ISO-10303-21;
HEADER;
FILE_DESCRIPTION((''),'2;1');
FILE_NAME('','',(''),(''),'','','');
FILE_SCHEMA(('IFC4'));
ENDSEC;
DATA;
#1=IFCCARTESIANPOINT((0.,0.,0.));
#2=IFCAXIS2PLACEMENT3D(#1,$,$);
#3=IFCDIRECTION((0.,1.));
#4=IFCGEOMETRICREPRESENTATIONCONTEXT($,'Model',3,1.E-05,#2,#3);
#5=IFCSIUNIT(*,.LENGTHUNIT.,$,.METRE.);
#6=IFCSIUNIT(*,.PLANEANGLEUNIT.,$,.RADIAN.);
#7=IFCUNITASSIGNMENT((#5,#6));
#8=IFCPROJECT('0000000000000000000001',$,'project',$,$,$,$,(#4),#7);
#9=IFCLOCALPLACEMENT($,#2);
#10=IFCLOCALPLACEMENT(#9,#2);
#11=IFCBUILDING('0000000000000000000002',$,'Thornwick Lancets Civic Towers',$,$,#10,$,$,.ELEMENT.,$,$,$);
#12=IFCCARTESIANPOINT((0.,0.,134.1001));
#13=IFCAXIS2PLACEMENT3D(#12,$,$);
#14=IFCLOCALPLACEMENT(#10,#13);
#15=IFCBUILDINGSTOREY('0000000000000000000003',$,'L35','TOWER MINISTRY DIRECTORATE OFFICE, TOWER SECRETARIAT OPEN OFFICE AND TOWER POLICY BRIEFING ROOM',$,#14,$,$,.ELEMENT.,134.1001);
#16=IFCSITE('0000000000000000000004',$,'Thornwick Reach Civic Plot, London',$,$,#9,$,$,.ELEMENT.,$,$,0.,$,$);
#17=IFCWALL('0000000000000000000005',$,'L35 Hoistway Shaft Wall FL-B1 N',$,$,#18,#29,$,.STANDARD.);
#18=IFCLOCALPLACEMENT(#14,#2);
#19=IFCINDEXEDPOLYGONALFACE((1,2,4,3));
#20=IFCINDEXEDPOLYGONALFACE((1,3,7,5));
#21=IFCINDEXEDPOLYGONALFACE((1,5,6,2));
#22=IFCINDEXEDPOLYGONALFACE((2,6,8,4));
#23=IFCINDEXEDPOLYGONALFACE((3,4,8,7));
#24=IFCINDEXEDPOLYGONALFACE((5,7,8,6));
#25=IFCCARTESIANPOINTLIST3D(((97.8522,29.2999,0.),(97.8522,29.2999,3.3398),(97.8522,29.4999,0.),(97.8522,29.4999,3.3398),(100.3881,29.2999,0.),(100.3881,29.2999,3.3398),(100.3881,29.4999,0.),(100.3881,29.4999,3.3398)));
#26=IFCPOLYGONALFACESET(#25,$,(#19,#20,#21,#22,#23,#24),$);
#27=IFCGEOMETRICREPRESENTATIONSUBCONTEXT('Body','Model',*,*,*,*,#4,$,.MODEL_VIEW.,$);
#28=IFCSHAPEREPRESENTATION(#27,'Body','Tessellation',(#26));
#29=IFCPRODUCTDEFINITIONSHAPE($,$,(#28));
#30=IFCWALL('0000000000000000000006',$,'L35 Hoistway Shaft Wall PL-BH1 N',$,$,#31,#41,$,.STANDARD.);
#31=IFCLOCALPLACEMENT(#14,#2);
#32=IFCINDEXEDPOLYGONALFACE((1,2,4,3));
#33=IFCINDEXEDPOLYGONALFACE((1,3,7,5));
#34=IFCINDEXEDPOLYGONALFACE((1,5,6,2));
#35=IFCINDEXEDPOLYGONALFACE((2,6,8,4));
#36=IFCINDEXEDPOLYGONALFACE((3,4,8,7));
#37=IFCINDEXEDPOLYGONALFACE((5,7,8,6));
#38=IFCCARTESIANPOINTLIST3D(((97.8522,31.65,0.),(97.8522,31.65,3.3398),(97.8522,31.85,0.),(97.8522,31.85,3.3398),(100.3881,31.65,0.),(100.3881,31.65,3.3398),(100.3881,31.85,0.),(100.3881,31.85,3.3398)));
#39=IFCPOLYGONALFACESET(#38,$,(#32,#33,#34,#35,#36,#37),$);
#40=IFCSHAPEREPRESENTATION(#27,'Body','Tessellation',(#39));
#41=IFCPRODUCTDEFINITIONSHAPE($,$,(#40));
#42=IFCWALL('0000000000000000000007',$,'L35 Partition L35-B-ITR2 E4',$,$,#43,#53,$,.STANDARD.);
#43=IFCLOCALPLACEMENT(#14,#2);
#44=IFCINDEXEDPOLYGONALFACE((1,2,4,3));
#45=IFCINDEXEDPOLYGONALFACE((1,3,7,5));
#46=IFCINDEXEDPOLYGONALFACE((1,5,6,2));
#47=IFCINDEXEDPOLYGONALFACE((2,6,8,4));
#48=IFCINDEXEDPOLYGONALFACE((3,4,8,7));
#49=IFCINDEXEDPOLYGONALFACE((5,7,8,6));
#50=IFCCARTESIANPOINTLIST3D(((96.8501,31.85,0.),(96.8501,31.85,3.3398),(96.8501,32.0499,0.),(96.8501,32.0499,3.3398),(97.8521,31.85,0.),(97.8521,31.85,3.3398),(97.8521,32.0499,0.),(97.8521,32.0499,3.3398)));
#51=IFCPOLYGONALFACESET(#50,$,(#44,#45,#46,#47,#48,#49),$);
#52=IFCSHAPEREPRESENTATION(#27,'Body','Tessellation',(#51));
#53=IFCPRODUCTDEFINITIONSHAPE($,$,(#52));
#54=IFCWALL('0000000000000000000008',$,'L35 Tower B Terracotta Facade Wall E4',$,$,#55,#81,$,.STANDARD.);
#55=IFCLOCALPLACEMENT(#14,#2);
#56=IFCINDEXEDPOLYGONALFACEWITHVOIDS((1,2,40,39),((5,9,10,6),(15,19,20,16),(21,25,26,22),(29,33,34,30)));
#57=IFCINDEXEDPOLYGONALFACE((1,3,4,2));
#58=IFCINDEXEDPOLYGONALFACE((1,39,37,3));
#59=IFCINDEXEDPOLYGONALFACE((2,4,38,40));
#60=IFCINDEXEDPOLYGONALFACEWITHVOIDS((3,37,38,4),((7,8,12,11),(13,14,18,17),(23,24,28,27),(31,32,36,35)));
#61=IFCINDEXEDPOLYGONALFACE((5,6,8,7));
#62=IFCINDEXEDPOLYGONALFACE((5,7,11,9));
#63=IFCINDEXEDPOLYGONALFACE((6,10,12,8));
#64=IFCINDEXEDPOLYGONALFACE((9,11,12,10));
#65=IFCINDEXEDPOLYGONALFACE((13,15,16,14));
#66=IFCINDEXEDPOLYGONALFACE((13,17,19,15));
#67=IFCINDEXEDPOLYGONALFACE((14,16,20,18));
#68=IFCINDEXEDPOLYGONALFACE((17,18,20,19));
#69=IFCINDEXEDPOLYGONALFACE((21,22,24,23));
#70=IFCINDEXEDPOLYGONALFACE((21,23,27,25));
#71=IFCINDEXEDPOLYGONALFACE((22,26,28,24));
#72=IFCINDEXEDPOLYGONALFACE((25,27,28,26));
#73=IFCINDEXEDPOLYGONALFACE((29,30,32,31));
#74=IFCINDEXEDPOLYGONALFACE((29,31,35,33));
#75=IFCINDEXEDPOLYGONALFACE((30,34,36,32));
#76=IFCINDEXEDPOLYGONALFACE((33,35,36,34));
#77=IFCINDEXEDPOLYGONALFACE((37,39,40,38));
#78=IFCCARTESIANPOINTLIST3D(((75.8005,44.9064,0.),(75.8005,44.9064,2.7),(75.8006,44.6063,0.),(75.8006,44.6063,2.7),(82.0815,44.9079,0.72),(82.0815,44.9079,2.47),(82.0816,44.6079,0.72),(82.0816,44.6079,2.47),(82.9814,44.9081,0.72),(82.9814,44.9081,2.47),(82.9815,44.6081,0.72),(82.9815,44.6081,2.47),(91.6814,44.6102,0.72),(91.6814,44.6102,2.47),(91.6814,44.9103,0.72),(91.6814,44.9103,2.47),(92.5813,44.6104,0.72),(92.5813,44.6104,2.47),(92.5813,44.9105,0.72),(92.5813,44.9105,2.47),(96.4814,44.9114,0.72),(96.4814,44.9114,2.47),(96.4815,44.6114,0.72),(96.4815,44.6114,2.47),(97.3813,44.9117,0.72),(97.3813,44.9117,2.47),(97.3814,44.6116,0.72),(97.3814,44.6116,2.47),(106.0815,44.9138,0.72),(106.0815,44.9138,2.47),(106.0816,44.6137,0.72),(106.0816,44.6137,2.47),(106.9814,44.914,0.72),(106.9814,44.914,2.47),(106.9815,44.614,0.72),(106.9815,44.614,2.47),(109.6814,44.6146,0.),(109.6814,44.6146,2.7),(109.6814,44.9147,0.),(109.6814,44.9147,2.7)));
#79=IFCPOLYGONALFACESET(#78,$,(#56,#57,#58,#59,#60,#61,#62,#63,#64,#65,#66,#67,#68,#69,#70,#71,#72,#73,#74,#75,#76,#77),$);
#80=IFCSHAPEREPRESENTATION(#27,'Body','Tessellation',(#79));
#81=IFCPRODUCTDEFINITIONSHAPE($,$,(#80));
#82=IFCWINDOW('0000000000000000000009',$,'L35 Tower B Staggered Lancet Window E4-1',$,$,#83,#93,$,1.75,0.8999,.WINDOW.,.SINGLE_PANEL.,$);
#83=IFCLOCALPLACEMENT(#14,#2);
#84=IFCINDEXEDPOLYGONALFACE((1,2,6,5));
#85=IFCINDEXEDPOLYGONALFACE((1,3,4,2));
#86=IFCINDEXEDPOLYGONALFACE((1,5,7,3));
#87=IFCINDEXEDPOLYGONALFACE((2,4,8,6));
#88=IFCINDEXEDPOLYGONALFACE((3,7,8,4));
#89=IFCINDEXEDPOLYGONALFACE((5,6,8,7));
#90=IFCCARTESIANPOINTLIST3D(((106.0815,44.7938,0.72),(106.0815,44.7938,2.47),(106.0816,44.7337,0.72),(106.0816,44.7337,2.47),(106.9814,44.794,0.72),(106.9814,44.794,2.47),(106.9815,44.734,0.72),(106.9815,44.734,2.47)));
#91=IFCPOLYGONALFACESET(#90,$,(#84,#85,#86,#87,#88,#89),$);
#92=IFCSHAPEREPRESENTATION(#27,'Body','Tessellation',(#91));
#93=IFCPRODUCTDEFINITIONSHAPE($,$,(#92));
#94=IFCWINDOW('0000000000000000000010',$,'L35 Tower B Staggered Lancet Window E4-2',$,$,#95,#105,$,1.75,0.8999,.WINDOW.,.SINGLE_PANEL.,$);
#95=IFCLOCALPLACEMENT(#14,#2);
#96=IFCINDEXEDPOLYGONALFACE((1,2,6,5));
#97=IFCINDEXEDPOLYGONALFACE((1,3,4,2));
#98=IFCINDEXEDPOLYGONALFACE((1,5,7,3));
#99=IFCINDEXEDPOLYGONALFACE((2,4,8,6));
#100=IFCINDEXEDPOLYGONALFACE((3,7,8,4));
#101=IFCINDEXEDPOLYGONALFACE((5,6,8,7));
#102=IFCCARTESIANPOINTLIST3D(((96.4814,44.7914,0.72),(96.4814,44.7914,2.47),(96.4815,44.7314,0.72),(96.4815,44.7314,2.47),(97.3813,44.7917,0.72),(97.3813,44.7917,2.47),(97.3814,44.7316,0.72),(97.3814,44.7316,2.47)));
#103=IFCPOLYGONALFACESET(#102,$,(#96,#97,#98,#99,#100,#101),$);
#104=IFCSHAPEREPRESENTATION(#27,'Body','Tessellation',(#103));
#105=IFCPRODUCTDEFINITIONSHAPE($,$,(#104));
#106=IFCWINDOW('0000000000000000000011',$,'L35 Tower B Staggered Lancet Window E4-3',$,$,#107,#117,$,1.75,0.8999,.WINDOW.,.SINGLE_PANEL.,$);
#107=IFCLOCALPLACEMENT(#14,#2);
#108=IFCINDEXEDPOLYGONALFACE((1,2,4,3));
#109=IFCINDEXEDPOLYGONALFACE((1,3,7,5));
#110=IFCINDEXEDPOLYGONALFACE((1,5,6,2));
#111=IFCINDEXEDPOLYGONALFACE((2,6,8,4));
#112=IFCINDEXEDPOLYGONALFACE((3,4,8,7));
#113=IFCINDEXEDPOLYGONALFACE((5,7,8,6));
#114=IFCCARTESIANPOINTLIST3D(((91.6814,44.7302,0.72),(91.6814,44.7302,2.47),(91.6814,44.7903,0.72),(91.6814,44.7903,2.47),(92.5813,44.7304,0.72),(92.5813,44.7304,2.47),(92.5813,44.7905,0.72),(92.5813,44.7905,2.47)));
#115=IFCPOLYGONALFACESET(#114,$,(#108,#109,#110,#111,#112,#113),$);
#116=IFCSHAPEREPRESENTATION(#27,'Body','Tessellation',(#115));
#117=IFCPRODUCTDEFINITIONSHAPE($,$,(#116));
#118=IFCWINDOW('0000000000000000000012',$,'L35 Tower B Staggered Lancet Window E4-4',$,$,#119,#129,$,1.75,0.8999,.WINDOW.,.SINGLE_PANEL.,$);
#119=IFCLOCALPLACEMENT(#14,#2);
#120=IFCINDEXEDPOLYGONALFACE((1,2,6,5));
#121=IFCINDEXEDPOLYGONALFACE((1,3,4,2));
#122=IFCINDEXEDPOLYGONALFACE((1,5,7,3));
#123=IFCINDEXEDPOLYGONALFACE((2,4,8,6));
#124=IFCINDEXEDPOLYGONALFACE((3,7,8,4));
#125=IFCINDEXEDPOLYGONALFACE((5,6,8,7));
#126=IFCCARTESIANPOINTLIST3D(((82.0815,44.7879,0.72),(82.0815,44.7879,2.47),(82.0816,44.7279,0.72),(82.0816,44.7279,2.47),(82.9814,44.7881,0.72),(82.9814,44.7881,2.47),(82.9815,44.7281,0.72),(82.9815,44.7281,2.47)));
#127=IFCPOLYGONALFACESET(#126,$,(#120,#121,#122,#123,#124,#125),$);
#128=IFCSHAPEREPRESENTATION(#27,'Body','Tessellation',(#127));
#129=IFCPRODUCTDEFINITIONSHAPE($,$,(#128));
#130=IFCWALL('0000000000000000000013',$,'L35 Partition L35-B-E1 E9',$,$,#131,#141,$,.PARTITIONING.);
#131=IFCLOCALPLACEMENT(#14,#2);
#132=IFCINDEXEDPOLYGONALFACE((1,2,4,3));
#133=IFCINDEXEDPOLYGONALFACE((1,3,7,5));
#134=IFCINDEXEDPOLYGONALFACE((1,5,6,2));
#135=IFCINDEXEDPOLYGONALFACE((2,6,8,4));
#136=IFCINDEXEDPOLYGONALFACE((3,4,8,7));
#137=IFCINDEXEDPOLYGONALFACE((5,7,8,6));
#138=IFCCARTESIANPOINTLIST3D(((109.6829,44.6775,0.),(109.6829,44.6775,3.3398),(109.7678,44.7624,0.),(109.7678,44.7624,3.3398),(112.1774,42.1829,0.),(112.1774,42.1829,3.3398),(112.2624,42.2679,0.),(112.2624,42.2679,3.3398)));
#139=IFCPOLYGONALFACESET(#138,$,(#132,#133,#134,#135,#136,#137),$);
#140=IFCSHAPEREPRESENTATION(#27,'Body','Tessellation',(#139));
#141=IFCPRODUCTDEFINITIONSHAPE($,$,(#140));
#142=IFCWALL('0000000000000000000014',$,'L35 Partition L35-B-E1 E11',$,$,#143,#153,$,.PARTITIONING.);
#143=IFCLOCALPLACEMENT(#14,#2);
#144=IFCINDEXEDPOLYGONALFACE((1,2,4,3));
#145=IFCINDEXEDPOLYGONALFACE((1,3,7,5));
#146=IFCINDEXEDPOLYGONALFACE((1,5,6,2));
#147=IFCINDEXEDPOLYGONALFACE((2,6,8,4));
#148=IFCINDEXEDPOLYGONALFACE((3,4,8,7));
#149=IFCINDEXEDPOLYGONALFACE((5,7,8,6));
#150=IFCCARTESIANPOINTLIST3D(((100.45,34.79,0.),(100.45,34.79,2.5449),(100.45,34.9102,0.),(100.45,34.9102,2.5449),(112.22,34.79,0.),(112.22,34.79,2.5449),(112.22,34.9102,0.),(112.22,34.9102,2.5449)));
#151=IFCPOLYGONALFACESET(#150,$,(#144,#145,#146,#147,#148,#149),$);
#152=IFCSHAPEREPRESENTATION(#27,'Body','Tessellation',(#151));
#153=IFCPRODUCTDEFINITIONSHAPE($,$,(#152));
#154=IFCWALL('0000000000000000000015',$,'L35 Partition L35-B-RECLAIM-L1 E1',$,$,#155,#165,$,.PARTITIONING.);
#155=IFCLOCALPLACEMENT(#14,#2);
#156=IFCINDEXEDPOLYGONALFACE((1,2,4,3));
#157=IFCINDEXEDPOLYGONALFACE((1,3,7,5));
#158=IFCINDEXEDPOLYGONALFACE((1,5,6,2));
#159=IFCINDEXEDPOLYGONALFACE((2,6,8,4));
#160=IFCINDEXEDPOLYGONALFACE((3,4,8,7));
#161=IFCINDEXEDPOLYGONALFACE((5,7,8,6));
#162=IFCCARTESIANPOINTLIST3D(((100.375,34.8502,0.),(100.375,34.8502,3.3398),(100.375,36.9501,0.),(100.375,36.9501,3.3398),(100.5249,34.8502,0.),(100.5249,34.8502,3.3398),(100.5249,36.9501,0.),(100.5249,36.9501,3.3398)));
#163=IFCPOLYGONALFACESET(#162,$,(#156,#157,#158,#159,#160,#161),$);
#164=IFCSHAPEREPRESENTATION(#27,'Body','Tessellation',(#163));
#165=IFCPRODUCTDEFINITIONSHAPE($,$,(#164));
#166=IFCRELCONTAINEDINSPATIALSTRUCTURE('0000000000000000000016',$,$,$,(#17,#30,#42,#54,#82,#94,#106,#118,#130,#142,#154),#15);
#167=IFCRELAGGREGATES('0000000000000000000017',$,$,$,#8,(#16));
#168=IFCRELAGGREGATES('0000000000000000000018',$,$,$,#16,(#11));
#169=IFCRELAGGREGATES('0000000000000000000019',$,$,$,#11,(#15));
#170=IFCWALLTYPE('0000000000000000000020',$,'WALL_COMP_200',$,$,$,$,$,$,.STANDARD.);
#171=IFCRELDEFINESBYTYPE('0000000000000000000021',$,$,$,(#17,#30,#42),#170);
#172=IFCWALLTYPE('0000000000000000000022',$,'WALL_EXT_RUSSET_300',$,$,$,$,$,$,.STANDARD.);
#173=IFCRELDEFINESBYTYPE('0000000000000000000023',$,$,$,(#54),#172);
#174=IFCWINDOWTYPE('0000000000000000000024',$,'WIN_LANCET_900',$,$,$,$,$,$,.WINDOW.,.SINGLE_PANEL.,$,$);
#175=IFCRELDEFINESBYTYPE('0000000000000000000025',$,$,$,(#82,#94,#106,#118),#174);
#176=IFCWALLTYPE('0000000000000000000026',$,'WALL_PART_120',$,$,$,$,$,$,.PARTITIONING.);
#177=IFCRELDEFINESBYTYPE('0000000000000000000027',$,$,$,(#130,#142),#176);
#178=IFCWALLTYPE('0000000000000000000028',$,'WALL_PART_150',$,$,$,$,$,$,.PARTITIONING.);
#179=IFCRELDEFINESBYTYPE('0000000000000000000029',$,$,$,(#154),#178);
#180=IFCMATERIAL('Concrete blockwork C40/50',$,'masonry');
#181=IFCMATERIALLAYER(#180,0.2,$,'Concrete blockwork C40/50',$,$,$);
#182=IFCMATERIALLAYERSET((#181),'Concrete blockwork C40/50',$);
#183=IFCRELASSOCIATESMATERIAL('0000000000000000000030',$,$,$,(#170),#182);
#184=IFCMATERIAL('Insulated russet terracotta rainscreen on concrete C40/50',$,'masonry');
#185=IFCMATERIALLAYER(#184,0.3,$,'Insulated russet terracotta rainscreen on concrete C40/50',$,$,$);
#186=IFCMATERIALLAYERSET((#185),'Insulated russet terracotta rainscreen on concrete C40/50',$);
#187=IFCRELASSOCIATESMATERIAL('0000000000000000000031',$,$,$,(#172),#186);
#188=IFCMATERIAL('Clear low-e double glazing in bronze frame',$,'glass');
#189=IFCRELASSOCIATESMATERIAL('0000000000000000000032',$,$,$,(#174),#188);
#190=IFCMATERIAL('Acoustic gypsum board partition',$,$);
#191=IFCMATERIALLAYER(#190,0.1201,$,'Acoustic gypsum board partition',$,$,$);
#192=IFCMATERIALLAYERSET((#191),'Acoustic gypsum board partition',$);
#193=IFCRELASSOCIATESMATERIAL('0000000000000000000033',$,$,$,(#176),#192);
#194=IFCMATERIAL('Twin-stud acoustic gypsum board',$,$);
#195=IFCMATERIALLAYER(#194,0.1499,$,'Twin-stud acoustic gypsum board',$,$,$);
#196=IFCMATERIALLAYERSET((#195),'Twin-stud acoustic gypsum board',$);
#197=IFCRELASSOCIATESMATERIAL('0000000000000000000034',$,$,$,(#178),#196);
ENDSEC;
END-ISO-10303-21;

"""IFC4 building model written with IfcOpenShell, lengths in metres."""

from ifc_helpers import new_model, si_unit, direction, frame, frame_2d, origin, place, context, subcontext, project, spatial, rectangle, extrude, material, layer, layer_set, type_object, element, fill, save


model = new_model("IFC4")

# Units and contexts
model_context = context("Model", 3, precision=1e-05, world=origin(), true_north=direction((0.0, 1.0)))
body_context = subcontext(model_context, "Body", "Model", "MODEL_VIEW")
ifc_project = project(units=[si_unit("LENGTHUNIT", "METRE"), si_unit("PLANEANGLEUNIT", "RADIAN")], contexts=[model_context])

# Site, building, storey
site_placement = place(None, origin())
site = spatial("IfcSite", under=ifc_project, at=site_placement, Name="Thornwick Reach Civic Plot, London", CompositionType="ELEMENT", RefElevation=0.0)
building_placement = place(site_placement, origin())
building = spatial("IfcBuilding", under=site, at=building_placement, Name="Thornwick Lancets Civic Towers", CompositionType="ELEMENT")
storey_placement = place(building_placement, frame((0.0, 0.0, 134.1001)))
storey = spatial("IfcBuildingStorey", under=building, at=storey_placement, Name="L35", Description="TOWER MINISTRY DIRECTORATE OFFICE, TOWER SECRETARIAT OPEN OFFICE AND TOWER POLICY BRIEFING ROOM", CompositionType="ELEMENT", Elevation=134.1001)

# Shared definitions
ifc_material_1 = material(Name="Concrete blockwork C40/50", Category="masonry")
ifc_layer_1 = layer(ifc_material_1, 0.2, Name="Concrete blockwork C40/50")
ifc_layer_set_1 = layer_set([ifc_layer_1], Name="Concrete blockwork C40/50")
wall_type_1 = type_object("IfcWallType", Name="WALL_COMP_200", PredefinedType="STANDARD", material=ifc_layer_set_1)

# Walls
for number, where, z_axis, x_axis, name in (
    (1, (97.8521, 29.3999, 0.0), (0.0, 0.0, 1.0), (1.0, 0.0, 0.0), "L35 Hoistway Shaft Wall FL-B1 N"),
    (2, (97.8521, 31.75, 0.0), (0.0, 0.0, 1.0), (1.0, 0.0, 0.0), "L35 Hoistway Shaft Wall PL-BH1 N"),
):
    element("IfcWall", number, at=place(storey_placement, frame(where, z_axis=z_axis, x_axis=x_axis)), inside=storey, type_object=wall_type_1, Name=name, PredefinedType="STANDARD", context=body_context, shape_type="SweptSolid", body=[
        extrude(rectangle(XDim=2.5359, YDim=0.2, at=frame_2d((1.2681, 0.0))), origin(), (0.0, 0.0, 1.0), 3.3398),
    ])
wall_1_placement = place(storey_placement, frame((97.8521, 31.95, 0.0), z_axis=(0.0, 0.0, 1.0), x_axis=(-1.0, 0.0, 0.0)))
element("IfcWall", 3, at=wall_1_placement, inside=storey, type_object=wall_type_1, Name="L35 Partition L35-B-ITR2 E4", PredefinedType="STANDARD", context=body_context, shape_type="SweptSolid", body=[
    extrude(rectangle(XDim=1.002, YDim=0.2, at=frame_2d((0.501, 0.0))), origin(), (0.0, 0.0, 1.0), 3.3398),
])

# Wall, openings, windows
ifc_material_2 = material(Name="Insulated russet terracotta rainscreen on concrete C40/50", Category="masonry")
ifc_layer_2 = layer(ifc_material_2, 0.3, Name="Insulated russet terracotta rainscreen on concrete C40/50")
ifc_layer_set_2 = layer_set([ifc_layer_2], Name="Insulated russet terracotta rainscreen on concrete C40/50")
wall_type_2 = type_object("IfcWallType", Name="WALL_EXT_RUSSET_300", PredefinedType="STANDARD", material=ifc_layer_set_2)
wall_2_placement = place(storey_placement, frame((109.6814, 44.7646, 0.0), z_axis=(0.0, 0.0, 1.0), x_axis=(-1.0, -0.000245, 0.0)))
wall_2 = element("IfcWall", 4, at=wall_2_placement, inside=storey, type_object=wall_type_2, Name="L35 Tower B Terracotta Facade Wall E4", PredefinedType="STANDARD", context=body_context, shape_type="SweptSolid", body=[
    extrude(rectangle(XDim=33.8809, YDim=0.3, at=frame_2d((16.9404, 0.0))), origin(), (0.0, 0.0, 1.0), 2.7),
])
opening_1_placement = place(wall_2_placement, frame((2.7, 0.0, 0.72)))
opening_1 = element("IfcOpeningElement", 5, at=opening_1_placement, cuts=wall_2, PredefinedType="OPENING", context=body_context, shape_type="SweptSolid", body=[
    extrude(rectangle(XDim=0.8999, YDim=1.75, at=frame_2d((0.45, 0.875))), frame((0.0, 0.1602, 0.0), z_axis=(0.0, -1.0, 0.0), x_axis=(1.0, 0.0, 0.0)), (0.0, 0.0, 1.0), 0.3201),
])
opening_2_placement = place(wall_2_placement, frame((12.3, 0.0, 0.72)))
opening_2 = element("IfcOpeningElement", 6, at=opening_2_placement, cuts=wall_2, PredefinedType="OPENING", context=body_context, shape_type="SweptSolid", body=[
    extrude(rectangle(XDim=0.8999, YDim=1.75, at=frame_2d((0.45, 0.875))), frame((0.0, 0.1602, 0.0), z_axis=(0.0, -1.0, 0.0), x_axis=(1.0, 0.0, 0.0)), (0.0, 0.0, 1.0), 0.3201),
])
opening_3_placement = place(wall_2_placement, frame((17.1001, 0.0, 0.72)))
opening_3 = element("IfcOpeningElement", 7, at=opening_3_placement, cuts=wall_2, PredefinedType="OPENING", context=body_context, shape_type="SweptSolid", body=[
    extrude(rectangle(XDim=0.8999, YDim=1.75, at=frame_2d((0.45, 0.875))), frame((0.0, 0.1602, 0.0), z_axis=(0.0, -1.0, 0.0), x_axis=(1.0, 0.0, 0.0)), (0.0, 0.0, 1.0), 0.3201),
])
opening_4_placement = place(wall_2_placement, frame((26.7, 0.0, 0.72)))
opening_4 = element("IfcOpeningElement", 8, at=opening_4_placement, cuts=wall_2, PredefinedType="OPENING", context=body_context, shape_type="SweptSolid", body=[
    extrude(rectangle(XDim=0.8999, YDim=1.75, at=frame_2d((0.45, 0.875))), frame((0.0, 0.1602, 0.0), z_axis=(0.0, -1.0, 0.0), x_axis=(1.0, 0.0, 0.0)), (0.0, 0.0, 1.0), 0.3201),
])
ifc_material_3 = material(Name="Clear low-e double glazing in bronze frame", Category="glass")
window_type = type_object("IfcWindowType", Name="WIN_LANCET_900", PartitioningType="SINGLE_PANEL", PredefinedType="WINDOW", material=ifc_material_3)
window_1_placement = place(opening_1_placement, origin())
window_1 = element("IfcWindow", 9, at=window_1_placement, inside=storey, type_object=window_type, Name="L35 Tower B Staggered Lancet Window E4-1", OverallHeight=1.75, OverallWidth=0.8999, PartitioningType="SINGLE_PANEL", PredefinedType="WINDOW", context=body_context, shape_type="SweptSolid", body=[
    extrude(rectangle(XDim=0.8999, YDim=1.75, at=frame_2d((0.45, 0.875))), frame((0.0, 0.03, 0.0), z_axis=(0.0, -1.0, 0.0), x_axis=(1.0, 0.0, 0.0)), (0.0, 0.0, 1.0), 0.0601),
])
fill(opening_1, window_1)
window_2_placement = place(opening_2_placement, origin())
window_2 = element("IfcWindow", 10, at=window_2_placement, inside=storey, type_object=window_type, Name="L35 Tower B Staggered Lancet Window E4-2", OverallHeight=1.75, OverallWidth=0.8999, PartitioningType="SINGLE_PANEL", PredefinedType="WINDOW", context=body_context, shape_type="SweptSolid", body=[
    extrude(rectangle(XDim=0.8999, YDim=1.75, at=frame_2d((0.45, 0.875))), frame((0.0, 0.03, 0.0), z_axis=(0.0, -1.0, 0.0), x_axis=(1.0, 0.0, 0.0)), (0.0, 0.0, 1.0), 0.0601),
])
fill(opening_2, window_2)
window_3_placement = place(opening_3_placement, origin())
window_3 = element("IfcWindow", 11, at=window_3_placement, inside=storey, type_object=window_type, Name="L35 Tower B Staggered Lancet Window E4-3", OverallHeight=1.75, OverallWidth=0.8999, PartitioningType="SINGLE_PANEL", PredefinedType="WINDOW", context=body_context, shape_type="SweptSolid", body=[
    extrude(rectangle(XDim=0.8999, YDim=1.75, at=frame_2d((0.45, 0.875))), frame((0.0, 0.03, 0.0), z_axis=(0.0, -1.0, 0.0), x_axis=(1.0, 0.0, 0.0)), (0.0, 0.0, 1.0), 0.0601),
])
fill(opening_3, window_3)
window_4_placement = place(opening_4_placement, origin())
window_4 = element("IfcWindow", 12, at=window_4_placement, inside=storey, type_object=window_type, Name="L35 Tower B Staggered Lancet Window E4-4", OverallHeight=1.75, OverallWidth=0.8999, PartitioningType="SINGLE_PANEL", PredefinedType="WINDOW", context=body_context, shape_type="SweptSolid", body=[
    extrude(rectangle(XDim=0.8999, YDim=1.75, at=frame_2d((0.45, 0.875))), frame((0.0, 0.03, 0.0), z_axis=(0.0, -1.0, 0.0), x_axis=(1.0, 0.0, 0.0)), (0.0, 0.0, 1.0), 0.0601),
])
fill(opening_4, window_4)

# Walls
ifc_material_4 = material(Name="Acoustic gypsum board partition")
ifc_layer_3 = layer(ifc_material_4, 0.1201, Name="Acoustic gypsum board partition")
ifc_layer_set_3 = layer_set([ifc_layer_3], Name="Acoustic gypsum board partition")
wall_type_3 = type_object("IfcWallType", Name="WALL_PART_120", PredefinedType="PARTITIONING", material=ifc_layer_set_3)
wall_3_placement = place(storey_placement, frame((109.7253, 44.72, 0.0), z_axis=(0.0, 0.0, 1.0), x_axis=(0.707107, -0.707107, 0.0)))
element("IfcWall", 13, at=wall_3_placement, inside=storey, type_object=wall_type_3, Name="L35 Partition L35-B-E1 E9", PredefinedType="PARTITIONING", context=body_context, shape_type="SweptSolid", body=[
    extrude(rectangle(XDim=3.5278, YDim=0.1201, at=frame_2d((1.7639, 0.0))), origin(), (0.0, 0.0, 1.0), 3.3398),
])
wall_4_placement = place(storey_placement, frame((112.22, 34.8501, 0.0), z_axis=(0.0, 0.0, 1.0), x_axis=(-1.0, 0.0, 0.0)))
element("IfcWall", 14, at=wall_4_placement, inside=storey, type_object=wall_type_3, Name="L35 Partition L35-B-E1 E11", PredefinedType="PARTITIONING", context=body_context, shape_type="SweptSolid", body=[
    extrude(rectangle(XDim=11.77, YDim=0.1201, at=frame_2d((5.885, 0.0))), origin(), (0.0, 0.0, 1.0), 2.5449),
])
ifc_material_5 = material(Name="Twin-stud acoustic gypsum board")
ifc_layer_4 = layer(ifc_material_5, 0.1499, Name="Twin-stud acoustic gypsum board")
ifc_layer_set_4 = layer_set([ifc_layer_4], Name="Twin-stud acoustic gypsum board")
wall_type_4 = type_object("IfcWallType", Name="WALL_PART_150", PredefinedType="PARTITIONING", material=ifc_layer_set_4)
wall_5_placement = place(storey_placement, frame((100.45, 36.95, 0.0), z_axis=(0.0, 0.0, 1.0), x_axis=(0.0, -1.0, 0.0)))
element("IfcWall", 15, at=wall_5_placement, inside=storey, type_object=wall_type_4, Name="L35 Partition L35-B-RECLAIM-L1 E1", PredefinedType="PARTITIONING", context=body_context, shape_type="SweptSolid", body=[
    extrude(rectangle(XDim=2.0999, YDim=0.1499, at=frame_2d((1.0498, 0.0))), origin(), (0.0, 0.0, 1.0), 3.3398),
])

save(model, "model.ifc")
